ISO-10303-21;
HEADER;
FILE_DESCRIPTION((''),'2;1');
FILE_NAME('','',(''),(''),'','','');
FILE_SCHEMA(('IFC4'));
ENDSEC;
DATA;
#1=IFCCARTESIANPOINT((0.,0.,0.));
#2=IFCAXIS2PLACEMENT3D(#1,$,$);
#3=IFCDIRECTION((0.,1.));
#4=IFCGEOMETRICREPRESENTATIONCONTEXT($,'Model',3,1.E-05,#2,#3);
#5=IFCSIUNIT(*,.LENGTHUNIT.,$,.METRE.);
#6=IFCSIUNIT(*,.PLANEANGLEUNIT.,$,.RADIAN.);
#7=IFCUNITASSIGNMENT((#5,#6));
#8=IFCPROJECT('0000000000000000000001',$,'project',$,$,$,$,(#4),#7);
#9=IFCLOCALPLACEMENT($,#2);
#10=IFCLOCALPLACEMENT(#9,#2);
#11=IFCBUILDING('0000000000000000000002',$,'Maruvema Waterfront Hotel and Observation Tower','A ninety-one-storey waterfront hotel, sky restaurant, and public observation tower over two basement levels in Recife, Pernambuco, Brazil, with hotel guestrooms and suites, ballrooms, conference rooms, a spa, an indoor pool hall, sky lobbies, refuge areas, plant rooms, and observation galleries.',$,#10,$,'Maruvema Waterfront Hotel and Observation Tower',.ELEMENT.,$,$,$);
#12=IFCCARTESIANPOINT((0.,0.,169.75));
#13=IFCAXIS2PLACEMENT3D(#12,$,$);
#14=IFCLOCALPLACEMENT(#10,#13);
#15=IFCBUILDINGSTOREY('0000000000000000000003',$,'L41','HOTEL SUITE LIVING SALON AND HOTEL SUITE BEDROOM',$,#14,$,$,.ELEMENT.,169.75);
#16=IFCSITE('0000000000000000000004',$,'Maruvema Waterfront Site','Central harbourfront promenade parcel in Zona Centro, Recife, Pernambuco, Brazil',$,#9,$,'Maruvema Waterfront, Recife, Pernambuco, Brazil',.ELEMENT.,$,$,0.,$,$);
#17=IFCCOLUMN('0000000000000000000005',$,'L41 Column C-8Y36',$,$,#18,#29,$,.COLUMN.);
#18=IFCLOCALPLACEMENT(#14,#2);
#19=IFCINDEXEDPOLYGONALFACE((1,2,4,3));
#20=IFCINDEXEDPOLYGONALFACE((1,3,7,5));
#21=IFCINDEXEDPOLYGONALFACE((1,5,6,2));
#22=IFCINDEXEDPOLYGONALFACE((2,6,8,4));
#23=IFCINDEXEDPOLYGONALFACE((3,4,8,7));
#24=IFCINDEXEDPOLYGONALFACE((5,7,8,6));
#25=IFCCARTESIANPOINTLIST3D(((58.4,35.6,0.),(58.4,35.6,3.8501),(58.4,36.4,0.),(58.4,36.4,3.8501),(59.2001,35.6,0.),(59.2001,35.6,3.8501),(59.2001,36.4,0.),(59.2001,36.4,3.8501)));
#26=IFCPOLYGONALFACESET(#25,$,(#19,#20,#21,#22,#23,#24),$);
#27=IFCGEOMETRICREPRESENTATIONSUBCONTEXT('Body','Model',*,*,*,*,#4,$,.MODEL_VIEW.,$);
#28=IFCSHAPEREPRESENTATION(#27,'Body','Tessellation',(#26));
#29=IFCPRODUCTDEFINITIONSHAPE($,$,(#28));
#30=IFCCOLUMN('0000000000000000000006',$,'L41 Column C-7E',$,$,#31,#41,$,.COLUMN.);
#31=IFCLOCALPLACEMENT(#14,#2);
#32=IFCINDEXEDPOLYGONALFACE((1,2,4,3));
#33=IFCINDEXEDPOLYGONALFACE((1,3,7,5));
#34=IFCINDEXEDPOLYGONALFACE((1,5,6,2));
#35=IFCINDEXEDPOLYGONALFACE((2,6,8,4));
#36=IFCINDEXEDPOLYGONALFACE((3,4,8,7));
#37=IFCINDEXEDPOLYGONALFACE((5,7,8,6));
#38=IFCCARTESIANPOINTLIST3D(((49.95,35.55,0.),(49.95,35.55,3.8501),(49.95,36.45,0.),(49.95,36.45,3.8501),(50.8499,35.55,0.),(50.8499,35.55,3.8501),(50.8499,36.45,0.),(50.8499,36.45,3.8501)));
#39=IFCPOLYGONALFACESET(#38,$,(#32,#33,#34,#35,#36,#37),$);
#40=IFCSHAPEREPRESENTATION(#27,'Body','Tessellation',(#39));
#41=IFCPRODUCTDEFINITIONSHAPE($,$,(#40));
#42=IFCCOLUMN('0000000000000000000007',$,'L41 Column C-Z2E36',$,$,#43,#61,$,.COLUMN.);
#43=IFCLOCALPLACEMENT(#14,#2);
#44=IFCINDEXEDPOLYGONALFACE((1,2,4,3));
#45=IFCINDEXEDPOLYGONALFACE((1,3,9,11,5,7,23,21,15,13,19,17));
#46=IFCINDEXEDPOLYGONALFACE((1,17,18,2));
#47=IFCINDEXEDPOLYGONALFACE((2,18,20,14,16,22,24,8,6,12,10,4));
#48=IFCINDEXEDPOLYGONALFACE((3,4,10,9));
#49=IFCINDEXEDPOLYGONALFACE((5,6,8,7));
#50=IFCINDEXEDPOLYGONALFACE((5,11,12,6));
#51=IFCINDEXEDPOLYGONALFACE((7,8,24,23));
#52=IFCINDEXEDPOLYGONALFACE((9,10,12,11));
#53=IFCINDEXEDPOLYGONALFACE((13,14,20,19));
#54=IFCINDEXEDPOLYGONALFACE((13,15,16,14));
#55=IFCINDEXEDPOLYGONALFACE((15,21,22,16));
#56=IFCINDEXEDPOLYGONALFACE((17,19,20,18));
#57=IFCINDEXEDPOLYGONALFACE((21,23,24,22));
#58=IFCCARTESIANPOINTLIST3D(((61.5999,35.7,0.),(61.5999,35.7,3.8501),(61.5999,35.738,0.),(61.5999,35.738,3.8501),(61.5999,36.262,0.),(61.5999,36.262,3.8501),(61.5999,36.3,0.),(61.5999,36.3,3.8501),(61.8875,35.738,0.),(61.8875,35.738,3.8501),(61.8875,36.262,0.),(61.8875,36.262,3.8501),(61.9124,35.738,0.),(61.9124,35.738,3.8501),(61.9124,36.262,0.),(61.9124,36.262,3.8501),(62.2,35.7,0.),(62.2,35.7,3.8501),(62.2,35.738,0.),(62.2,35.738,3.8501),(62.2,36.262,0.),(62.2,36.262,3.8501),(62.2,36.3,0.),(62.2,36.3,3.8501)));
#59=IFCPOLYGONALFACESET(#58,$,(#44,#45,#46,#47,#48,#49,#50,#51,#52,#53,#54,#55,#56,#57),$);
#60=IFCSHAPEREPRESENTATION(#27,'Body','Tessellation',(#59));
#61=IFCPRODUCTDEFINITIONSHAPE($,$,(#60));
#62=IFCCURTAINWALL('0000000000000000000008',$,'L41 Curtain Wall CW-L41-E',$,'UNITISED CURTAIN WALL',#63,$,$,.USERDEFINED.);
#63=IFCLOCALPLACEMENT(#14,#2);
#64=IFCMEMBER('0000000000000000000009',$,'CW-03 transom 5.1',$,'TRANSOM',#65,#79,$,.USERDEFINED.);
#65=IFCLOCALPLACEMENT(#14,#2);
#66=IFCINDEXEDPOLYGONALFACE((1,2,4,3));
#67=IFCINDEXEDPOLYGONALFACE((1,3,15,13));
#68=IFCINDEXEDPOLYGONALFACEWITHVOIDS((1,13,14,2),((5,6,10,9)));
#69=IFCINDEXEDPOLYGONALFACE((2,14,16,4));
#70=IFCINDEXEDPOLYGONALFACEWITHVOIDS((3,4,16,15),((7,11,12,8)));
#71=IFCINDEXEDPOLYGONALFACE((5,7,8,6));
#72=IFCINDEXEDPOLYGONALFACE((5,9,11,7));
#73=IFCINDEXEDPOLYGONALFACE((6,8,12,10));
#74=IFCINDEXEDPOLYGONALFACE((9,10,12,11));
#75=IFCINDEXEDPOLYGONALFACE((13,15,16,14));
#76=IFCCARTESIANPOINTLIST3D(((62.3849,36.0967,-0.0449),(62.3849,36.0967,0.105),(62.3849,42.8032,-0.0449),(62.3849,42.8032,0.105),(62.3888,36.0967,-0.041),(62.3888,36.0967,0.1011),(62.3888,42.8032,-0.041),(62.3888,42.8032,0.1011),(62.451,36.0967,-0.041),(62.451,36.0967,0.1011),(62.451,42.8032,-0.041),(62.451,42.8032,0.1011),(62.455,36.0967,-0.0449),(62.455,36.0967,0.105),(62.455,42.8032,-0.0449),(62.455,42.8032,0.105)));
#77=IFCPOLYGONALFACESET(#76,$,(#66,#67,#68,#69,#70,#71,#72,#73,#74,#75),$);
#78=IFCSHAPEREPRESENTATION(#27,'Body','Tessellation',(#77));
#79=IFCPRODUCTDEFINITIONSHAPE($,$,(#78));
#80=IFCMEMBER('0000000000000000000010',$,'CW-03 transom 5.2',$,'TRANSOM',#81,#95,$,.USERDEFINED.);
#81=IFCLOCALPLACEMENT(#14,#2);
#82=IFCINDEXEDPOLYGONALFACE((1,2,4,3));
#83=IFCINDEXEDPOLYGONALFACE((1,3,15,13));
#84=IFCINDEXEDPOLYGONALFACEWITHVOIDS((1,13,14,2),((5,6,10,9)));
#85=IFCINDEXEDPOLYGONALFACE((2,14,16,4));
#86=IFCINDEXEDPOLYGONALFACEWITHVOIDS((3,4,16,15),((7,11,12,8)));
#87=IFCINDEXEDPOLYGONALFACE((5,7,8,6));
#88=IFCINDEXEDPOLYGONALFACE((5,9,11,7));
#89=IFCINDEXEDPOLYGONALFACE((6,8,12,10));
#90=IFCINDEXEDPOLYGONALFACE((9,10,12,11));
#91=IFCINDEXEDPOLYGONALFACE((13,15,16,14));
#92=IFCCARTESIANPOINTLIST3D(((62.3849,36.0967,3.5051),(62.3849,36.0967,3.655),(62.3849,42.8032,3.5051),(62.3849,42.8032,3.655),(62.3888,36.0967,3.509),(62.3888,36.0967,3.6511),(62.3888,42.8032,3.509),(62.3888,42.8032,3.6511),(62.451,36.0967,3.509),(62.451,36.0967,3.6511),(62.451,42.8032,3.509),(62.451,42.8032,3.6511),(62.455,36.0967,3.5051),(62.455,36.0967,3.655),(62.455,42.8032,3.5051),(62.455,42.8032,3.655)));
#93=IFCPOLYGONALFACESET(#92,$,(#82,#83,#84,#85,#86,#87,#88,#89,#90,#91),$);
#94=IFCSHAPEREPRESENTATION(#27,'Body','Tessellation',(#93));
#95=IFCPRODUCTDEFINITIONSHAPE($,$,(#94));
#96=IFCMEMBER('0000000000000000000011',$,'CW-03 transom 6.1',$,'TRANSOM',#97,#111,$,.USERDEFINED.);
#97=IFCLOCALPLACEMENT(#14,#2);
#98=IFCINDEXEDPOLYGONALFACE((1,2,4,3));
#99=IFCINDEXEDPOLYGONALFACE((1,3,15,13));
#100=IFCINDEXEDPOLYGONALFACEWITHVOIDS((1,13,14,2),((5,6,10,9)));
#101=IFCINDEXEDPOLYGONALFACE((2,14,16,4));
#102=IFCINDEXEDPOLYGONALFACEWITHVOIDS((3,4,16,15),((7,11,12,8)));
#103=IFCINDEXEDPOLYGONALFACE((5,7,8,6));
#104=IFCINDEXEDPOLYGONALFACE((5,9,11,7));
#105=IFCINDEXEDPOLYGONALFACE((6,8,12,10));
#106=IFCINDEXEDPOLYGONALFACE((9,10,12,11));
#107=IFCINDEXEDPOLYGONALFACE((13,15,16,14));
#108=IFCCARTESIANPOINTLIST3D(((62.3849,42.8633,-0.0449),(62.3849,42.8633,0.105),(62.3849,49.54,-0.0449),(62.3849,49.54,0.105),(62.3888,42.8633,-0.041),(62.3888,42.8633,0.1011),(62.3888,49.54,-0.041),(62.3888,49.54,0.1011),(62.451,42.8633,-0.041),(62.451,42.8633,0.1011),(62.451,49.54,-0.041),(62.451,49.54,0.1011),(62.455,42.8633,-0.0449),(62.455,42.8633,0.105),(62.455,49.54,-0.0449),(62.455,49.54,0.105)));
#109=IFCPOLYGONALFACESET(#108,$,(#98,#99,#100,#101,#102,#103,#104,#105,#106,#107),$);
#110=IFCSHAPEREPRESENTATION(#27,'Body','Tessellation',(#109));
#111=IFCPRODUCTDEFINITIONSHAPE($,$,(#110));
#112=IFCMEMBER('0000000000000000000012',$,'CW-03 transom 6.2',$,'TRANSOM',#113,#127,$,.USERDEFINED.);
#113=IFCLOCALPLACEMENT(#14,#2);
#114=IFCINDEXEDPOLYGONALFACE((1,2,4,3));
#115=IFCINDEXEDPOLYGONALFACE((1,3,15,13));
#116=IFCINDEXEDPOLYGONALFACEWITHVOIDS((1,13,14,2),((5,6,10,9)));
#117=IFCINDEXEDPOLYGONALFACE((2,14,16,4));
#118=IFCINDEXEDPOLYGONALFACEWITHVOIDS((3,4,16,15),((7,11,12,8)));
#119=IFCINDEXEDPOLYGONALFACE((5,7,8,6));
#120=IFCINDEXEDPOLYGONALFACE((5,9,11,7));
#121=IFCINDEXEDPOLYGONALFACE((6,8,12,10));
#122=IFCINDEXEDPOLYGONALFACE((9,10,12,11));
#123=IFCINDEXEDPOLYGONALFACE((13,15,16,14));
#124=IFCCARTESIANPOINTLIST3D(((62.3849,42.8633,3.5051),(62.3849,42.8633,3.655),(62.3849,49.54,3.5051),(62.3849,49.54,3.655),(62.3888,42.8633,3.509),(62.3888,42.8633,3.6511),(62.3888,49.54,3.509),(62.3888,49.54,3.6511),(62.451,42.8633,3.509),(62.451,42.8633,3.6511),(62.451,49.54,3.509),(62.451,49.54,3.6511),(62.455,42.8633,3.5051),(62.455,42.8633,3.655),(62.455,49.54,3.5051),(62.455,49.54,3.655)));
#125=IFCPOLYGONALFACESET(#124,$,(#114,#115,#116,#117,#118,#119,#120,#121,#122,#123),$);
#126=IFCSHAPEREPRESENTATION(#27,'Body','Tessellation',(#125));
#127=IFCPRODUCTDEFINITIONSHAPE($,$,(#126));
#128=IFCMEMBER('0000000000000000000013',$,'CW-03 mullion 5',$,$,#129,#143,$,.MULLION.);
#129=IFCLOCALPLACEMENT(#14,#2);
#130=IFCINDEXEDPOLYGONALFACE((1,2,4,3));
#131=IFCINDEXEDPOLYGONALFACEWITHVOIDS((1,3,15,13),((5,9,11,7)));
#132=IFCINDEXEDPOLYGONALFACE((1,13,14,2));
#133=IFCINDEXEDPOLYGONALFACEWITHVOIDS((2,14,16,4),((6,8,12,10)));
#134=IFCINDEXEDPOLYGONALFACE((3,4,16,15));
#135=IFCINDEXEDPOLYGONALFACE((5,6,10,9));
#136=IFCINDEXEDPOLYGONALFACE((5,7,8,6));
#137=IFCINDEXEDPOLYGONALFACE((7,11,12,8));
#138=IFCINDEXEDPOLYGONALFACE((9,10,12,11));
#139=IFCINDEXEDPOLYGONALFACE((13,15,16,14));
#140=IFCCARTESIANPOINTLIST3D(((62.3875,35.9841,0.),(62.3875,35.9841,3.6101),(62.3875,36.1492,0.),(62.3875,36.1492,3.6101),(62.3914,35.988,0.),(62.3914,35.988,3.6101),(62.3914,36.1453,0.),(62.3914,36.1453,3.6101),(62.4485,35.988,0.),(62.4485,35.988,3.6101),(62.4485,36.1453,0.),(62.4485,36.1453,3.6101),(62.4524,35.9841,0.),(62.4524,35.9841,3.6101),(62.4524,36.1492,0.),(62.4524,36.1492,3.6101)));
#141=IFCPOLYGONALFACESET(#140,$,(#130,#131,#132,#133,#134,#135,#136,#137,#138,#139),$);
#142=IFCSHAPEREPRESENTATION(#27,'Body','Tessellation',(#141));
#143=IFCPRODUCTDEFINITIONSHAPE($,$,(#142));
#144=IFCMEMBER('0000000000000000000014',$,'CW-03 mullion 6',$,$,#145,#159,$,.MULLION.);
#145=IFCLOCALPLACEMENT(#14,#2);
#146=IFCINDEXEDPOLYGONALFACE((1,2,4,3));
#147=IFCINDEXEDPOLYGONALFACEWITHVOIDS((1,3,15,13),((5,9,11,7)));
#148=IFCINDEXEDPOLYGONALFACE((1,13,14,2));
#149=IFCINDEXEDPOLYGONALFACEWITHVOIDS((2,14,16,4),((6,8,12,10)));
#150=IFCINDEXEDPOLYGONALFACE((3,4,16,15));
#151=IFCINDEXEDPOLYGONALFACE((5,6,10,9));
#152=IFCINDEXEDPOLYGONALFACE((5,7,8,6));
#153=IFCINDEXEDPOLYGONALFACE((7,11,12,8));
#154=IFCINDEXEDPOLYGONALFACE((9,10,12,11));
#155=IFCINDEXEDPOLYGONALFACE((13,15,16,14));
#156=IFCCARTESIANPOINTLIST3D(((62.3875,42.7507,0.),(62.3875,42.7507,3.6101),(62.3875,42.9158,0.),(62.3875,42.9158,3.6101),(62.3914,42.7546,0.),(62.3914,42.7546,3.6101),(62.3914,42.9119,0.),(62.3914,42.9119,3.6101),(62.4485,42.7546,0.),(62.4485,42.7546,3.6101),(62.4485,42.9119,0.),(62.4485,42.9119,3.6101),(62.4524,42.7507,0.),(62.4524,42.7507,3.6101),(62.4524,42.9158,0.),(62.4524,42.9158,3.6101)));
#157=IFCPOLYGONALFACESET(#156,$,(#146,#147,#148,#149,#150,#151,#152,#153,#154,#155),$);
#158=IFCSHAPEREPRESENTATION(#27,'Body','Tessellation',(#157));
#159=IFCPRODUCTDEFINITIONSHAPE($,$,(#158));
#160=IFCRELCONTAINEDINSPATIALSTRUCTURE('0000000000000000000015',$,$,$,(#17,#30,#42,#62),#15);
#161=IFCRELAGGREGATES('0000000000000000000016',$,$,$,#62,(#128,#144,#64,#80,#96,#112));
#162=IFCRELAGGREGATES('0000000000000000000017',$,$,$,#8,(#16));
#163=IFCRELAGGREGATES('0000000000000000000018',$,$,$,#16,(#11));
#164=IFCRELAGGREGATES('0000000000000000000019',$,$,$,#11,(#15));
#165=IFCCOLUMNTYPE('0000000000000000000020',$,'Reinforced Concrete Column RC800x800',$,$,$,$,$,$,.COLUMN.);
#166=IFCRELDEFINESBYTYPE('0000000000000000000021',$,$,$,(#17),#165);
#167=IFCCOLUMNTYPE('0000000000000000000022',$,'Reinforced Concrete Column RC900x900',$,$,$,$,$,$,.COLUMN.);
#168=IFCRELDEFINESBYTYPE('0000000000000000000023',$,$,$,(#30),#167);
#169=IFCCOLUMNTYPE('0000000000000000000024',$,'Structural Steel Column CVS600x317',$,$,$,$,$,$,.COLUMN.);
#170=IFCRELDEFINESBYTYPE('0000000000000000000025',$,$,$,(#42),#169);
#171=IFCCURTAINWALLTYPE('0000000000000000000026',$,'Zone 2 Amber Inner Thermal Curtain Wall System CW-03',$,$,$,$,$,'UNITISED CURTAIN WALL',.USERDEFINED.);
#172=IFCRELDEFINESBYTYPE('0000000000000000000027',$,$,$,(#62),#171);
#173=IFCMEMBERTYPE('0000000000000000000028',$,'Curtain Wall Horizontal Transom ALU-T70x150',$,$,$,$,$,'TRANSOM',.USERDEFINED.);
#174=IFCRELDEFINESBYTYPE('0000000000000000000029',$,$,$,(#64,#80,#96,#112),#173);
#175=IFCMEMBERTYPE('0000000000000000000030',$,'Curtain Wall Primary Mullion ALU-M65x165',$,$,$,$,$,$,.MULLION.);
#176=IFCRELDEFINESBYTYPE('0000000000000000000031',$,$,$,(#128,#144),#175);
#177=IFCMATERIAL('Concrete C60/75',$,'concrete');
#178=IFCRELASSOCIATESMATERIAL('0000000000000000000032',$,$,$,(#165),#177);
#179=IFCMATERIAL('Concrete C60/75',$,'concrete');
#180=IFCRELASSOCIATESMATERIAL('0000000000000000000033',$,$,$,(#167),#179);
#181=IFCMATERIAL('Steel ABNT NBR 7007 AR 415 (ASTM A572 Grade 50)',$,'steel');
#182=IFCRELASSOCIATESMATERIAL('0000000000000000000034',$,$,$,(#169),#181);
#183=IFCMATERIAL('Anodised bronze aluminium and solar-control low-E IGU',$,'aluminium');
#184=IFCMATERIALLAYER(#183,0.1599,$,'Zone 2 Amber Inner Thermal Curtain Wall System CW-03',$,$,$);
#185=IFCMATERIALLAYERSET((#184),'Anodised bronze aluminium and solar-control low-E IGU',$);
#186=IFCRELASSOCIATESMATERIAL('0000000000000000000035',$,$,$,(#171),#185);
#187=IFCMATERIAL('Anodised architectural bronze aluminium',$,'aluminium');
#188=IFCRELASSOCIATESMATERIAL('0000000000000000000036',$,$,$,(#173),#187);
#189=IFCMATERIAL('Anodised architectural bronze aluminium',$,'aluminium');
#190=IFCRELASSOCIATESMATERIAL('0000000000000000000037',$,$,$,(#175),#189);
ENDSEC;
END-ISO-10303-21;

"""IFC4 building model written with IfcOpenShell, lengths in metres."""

from ifc_helpers import new_model, si_unit, direction, frame, origin, origin_2d, place, context, subcontext, project, spatial, rectangle, hollow_rectangle, i_section, extrude, material, layer, layer_set, material_profile, profile_set, type_object, element, aggregate, save


model = new_model("IFC4")

# Units and contexts
model_context = context("Model", 3, precision=1e-05, world=origin(), true_north=direction((0.0, 1.0)))
body_context = subcontext(model_context, "Body", "Model", "MODEL_VIEW")
ifc_project = project(units=[si_unit("LENGTHUNIT", "METRE"), si_unit("PLANEANGLEUNIT", "RADIAN")], contexts=[model_context])

# Site, building, storey
site_placement = place(None, origin())
site = spatial("IfcSite", under=ifc_project, at=site_placement, Name="Maruvema Waterfront Site", Description="Central harbourfront promenade parcel in Zona Centro, Recife, Pernambuco, Brazil", LongName="Maruvema Waterfront, Recife, Pernambuco, Brazil", CompositionType="ELEMENT", RefElevation=0.0)
building_placement = place(site_placement, origin())
building = spatial("IfcBuilding", under=site, at=building_placement, Name="Maruvema Waterfront Hotel and Observation Tower", Description="A ninety-one-storey waterfront hotel, sky restaurant, and public observation tower over two basement levels in Recife, Pernambuco, Brazil, with hotel guestrooms and suites, ballrooms, conference rooms, a spa, an indoor pool hall, sky lobbies, refuge areas, plant rooms, and observation galleries.", LongName="Maruvema Waterfront Hotel and Observation Tower", CompositionType="ELEMENT")
storey_placement = place(building_placement, frame((0.0, 0.0, 169.75)))
storey = spatial("IfcBuildingStorey", under=building, at=storey_placement, Name="L41", Description="HOTEL SUITE LIVING SALON AND HOTEL SUITE BEDROOM", CompositionType="ELEMENT", Elevation=169.75)

# Columns
ifc_material_1 = material(Name="Concrete C60/75", Category="concrete")
ifc_material_profile_1 = material_profile(ifc_material_1, rectangle(XDim=0.8, YDim=0.8, at=origin_2d()), Name="RC800x800")
ifc_profile_set_1 = profile_set([ifc_material_profile_1], Name="Concrete C60/75")
column_type_1 = type_object("IfcColumnType", Name="Reinforced Concrete Column RC800x800", PredefinedType="COLUMN", material=ifc_profile_set_1)
column_1_placement = place(storey_placement, frame((58.8, 36.0, 0.0), z_axis=(0.0, 0.0, 1.0), x_axis=(1.0, 0.0, 0.0)))
element("IfcColumn", 1, at=column_1_placement, inside=storey, type_object=column_type_1, Name="L41 Column C-8Y36", PredefinedType="COLUMN", context=body_context, shape_type="SweptSolid", body=[
    extrude(rectangle(XDim=0.8, YDim=0.8, at=origin_2d()), origin(), (0.0, 0.0, 1.0), 3.8501),
])
ifc_material_2 = material(Name="Concrete C60/75", Category="concrete")
ifc_material_profile_2 = material_profile(ifc_material_2, rectangle(XDim=0.8999, YDim=0.8999, at=origin_2d()), Name="RC900x900")
ifc_profile_set_2 = profile_set([ifc_material_profile_2], Name="Concrete C60/75")
column_type_2 = type_object("IfcColumnType", Name="Reinforced Concrete Column RC900x900", PredefinedType="COLUMN", material=ifc_profile_set_2)
column_2_placement = place(storey_placement, frame((50.3999, 36.0, 0.0), z_axis=(0.0, 0.0, 1.0), x_axis=(1.0, 0.0, 0.0)))
element("IfcColumn", 2, at=column_2_placement, inside=storey, type_object=column_type_2, Name="L41 Column C-7E", PredefinedType="COLUMN", context=body_context, shape_type="SweptSolid", body=[
    extrude(rectangle(XDim=0.8999, YDim=0.8999, at=origin_2d()), origin(), (0.0, 0.0, 1.0), 3.8501),
])
ifc_material_3 = material(Name="Steel ABNT NBR 7007 AR 415 (ASTM A572 Grade 50)", Category="steel")
ifc_material_profile_3 = material_profile(ifc_material_3, i_section(OverallWidth=0.6001, OverallDepth=0.6001, WebThickness=0.0249, FlangeThickness=0.0381, at=origin_2d()), Name="CVS600x317")
ifc_profile_set_3 = profile_set([ifc_material_profile_3], Name="Steel ABNT NBR 7007 AR 415 (ASTM A572 Grade 50)")
column_type_3 = type_object("IfcColumnType", Name="Structural Steel Column CVS600x317", PredefinedType="COLUMN", material=ifc_profile_set_3)
column_3_placement = place(storey_placement, frame((61.8999, 36.0, 0.0), z_axis=(0.0, 0.0, 1.0), x_axis=(1.0, 0.0, 0.0)))
element("IfcColumn", 3, at=column_3_placement, inside=storey, type_object=column_type_3, Name="L41 Column C-Z2E36", PredefinedType="COLUMN", context=body_context, shape_type="SweptSolid", body=[
    extrude(i_section(OverallWidth=0.6001, OverallDepth=0.6001, WebThickness=0.0249, FlangeThickness=0.0381, at=origin_2d()), origin(), (0.0, 0.0, 1.0), 3.8501),
])

# Curtain wall, members
ifc_material_4 = material(Name="Anodised bronze aluminium and solar-control low-E IGU", Category="aluminium")
ifc_layer_1 = layer(ifc_material_4, 0.1599, Name="Zone 2 Amber Inner Thermal Curtain Wall System CW-03")
ifc_layer_set_1 = layer_set([ifc_layer_1], Name="Anodised bronze aluminium and solar-control low-E IGU")
curtain_wall_type = type_object("IfcCurtainWallType", Name="Zone 2 Amber Inner Thermal Curtain Wall System CW-03", ElementType="UNITISED CURTAIN WALL", PredefinedType="USERDEFINED", material=ifc_layer_set_1)
curtain_wall_placement = place(storey_placement, origin())
curtain_wall = element("IfcCurtainWall", 4, at=curtain_wall_placement, inside=storey, type_object=curtain_wall_type, Name="L41 Curtain Wall CW-L41-E", ObjectType="UNITISED CURTAIN WALL", PredefinedType="USERDEFINED")
ifc_material_5 = material(Name="Anodised architectural bronze aluminium", Category="aluminium")
ifc_material_profile_4 = material_profile(ifc_material_5, hollow_rectangle(XDim=0.0701, YDim=0.1499, WallThickness=0.0039, at=origin_2d()), Name="ALU-T70x150")
ifc_profile_set_4 = profile_set([ifc_material_profile_4], Name="Anodised architectural bronze aluminium")
member_type_1 = type_object("IfcMemberType", Name="Curtain Wall Horizontal Transom ALU-T70x150", ElementType="TRANSOM", PredefinedType="USERDEFINED", material=ifc_profile_set_4)
member_1_placement = place(storey_placement, frame((62.4199, 36.0967, 0.03), z_axis=(0.0, 1.0, 0.0), x_axis=(-1.0, 0.0, 0.0)))
member_1 = element("IfcMember", 5, at=member_1_placement, type_object=member_type_1, Name="CW-03 transom 5.1", ObjectType="TRANSOM", PredefinedType="USERDEFINED", context=body_context, shape_type="SweptSolid", body=[
    extrude(hollow_rectangle(XDim=0.0701, YDim=0.1499, WallThickness=0.0039, at=origin_2d()), origin(), (0.0, 0.0, 1.0), 6.7065),
])
member_2_placement = place(storey_placement, frame((62.4199, 36.0967, 3.5801), z_axis=(0.0, 1.0, 0.0), x_axis=(-1.0, 0.0, 0.0)))
member_2 = element("IfcMember", 6, at=member_2_placement, type_object=member_type_1, Name="CW-03 transom 5.2", ObjectType="TRANSOM", PredefinedType="USERDEFINED", context=body_context, shape_type="SweptSolid", body=[
    extrude(hollow_rectangle(XDim=0.0701, YDim=0.1499, WallThickness=0.0039, at=origin_2d()), origin(), (0.0, 0.0, 1.0), 6.7065),
])
member_3_placement = place(storey_placement, frame((62.4199, 42.8633, 0.03), z_axis=(0.0, 1.0, 0.0), x_axis=(-1.0, 0.0, 0.0)))
member_3 = element("IfcMember", 7, at=member_3_placement, type_object=member_type_1, Name="CW-03 transom 6.1", ObjectType="TRANSOM", PredefinedType="USERDEFINED", context=body_context, shape_type="SweptSolid", body=[
    extrude(hollow_rectangle(XDim=0.0701, YDim=0.1499, WallThickness=0.0039, at=origin_2d()), origin(), (0.0, 0.0, 1.0), 6.6768),
])
member_4_placement = place(storey_placement, frame((62.4199, 42.8633, 3.5801), z_axis=(0.0, 1.0, 0.0), x_axis=(-1.0, 0.0, 0.0)))
member_4 = element("IfcMember", 8, at=member_4_placement, type_object=member_type_1, Name="CW-03 transom 6.2", ObjectType="TRANSOM", PredefinedType="USERDEFINED", context=body_context, shape_type="SweptSolid", body=[
    extrude(hollow_rectangle(XDim=0.0701, YDim=0.1499, WallThickness=0.0039, at=origin_2d()), origin(), (0.0, 0.0, 1.0), 6.6768),
])
ifc_material_6 = material(Name="Anodised architectural bronze aluminium", Category="aluminium")
ifc_material_profile_5 = material_profile(ifc_material_6, hollow_rectangle(XDim=0.0649, YDim=0.165, WallThickness=0.0039, at=origin_2d()), Name="ALU-M65x165")
ifc_profile_set_5 = profile_set([ifc_material_profile_5], Name="Anodised architectural bronze aluminium")
member_type_2 = type_object("IfcMemberType", Name="Curtain Wall Primary Mullion ALU-M65x165", PredefinedType="MULLION", material=ifc_profile_set_5)
member_5_placement = place(storey_placement, frame((62.4199, 36.0667, 0.0), z_axis=(0.0, 0.0, 1.0), x_axis=(-1.0, 0.0, 0.0)))
member_5 = element("IfcMember", 9, at=member_5_placement, type_object=member_type_2, Name="CW-03 mullion 5", PredefinedType="MULLION", context=body_context, shape_type="SweptSolid", body=[
    extrude(hollow_rectangle(XDim=0.0649, YDim=0.165, WallThickness=0.0039, at=origin_2d()), origin(), (0.0, 0.0, 1.0), 3.6101),
])
member_6_placement = place(storey_placement, frame((62.4199, 42.8333, 0.0), z_axis=(0.0, 0.0, 1.0), x_axis=(-1.0, 0.0, 0.0)))
member_6 = element("IfcMember", 10, at=member_6_placement, type_object=member_type_2, Name="CW-03 mullion 6", PredefinedType="MULLION", context=body_context, shape_type="SweptSolid", body=[
    extrude(hollow_rectangle(XDim=0.0649, YDim=0.165, WallThickness=0.0039, at=origin_2d()), origin(), (0.0, 0.0, 1.0), 3.6101),
])

aggregate(curtain_wall, [member_5, member_6, member_1, member_2, member_3, member_4])

save(model, "model.ifc")
